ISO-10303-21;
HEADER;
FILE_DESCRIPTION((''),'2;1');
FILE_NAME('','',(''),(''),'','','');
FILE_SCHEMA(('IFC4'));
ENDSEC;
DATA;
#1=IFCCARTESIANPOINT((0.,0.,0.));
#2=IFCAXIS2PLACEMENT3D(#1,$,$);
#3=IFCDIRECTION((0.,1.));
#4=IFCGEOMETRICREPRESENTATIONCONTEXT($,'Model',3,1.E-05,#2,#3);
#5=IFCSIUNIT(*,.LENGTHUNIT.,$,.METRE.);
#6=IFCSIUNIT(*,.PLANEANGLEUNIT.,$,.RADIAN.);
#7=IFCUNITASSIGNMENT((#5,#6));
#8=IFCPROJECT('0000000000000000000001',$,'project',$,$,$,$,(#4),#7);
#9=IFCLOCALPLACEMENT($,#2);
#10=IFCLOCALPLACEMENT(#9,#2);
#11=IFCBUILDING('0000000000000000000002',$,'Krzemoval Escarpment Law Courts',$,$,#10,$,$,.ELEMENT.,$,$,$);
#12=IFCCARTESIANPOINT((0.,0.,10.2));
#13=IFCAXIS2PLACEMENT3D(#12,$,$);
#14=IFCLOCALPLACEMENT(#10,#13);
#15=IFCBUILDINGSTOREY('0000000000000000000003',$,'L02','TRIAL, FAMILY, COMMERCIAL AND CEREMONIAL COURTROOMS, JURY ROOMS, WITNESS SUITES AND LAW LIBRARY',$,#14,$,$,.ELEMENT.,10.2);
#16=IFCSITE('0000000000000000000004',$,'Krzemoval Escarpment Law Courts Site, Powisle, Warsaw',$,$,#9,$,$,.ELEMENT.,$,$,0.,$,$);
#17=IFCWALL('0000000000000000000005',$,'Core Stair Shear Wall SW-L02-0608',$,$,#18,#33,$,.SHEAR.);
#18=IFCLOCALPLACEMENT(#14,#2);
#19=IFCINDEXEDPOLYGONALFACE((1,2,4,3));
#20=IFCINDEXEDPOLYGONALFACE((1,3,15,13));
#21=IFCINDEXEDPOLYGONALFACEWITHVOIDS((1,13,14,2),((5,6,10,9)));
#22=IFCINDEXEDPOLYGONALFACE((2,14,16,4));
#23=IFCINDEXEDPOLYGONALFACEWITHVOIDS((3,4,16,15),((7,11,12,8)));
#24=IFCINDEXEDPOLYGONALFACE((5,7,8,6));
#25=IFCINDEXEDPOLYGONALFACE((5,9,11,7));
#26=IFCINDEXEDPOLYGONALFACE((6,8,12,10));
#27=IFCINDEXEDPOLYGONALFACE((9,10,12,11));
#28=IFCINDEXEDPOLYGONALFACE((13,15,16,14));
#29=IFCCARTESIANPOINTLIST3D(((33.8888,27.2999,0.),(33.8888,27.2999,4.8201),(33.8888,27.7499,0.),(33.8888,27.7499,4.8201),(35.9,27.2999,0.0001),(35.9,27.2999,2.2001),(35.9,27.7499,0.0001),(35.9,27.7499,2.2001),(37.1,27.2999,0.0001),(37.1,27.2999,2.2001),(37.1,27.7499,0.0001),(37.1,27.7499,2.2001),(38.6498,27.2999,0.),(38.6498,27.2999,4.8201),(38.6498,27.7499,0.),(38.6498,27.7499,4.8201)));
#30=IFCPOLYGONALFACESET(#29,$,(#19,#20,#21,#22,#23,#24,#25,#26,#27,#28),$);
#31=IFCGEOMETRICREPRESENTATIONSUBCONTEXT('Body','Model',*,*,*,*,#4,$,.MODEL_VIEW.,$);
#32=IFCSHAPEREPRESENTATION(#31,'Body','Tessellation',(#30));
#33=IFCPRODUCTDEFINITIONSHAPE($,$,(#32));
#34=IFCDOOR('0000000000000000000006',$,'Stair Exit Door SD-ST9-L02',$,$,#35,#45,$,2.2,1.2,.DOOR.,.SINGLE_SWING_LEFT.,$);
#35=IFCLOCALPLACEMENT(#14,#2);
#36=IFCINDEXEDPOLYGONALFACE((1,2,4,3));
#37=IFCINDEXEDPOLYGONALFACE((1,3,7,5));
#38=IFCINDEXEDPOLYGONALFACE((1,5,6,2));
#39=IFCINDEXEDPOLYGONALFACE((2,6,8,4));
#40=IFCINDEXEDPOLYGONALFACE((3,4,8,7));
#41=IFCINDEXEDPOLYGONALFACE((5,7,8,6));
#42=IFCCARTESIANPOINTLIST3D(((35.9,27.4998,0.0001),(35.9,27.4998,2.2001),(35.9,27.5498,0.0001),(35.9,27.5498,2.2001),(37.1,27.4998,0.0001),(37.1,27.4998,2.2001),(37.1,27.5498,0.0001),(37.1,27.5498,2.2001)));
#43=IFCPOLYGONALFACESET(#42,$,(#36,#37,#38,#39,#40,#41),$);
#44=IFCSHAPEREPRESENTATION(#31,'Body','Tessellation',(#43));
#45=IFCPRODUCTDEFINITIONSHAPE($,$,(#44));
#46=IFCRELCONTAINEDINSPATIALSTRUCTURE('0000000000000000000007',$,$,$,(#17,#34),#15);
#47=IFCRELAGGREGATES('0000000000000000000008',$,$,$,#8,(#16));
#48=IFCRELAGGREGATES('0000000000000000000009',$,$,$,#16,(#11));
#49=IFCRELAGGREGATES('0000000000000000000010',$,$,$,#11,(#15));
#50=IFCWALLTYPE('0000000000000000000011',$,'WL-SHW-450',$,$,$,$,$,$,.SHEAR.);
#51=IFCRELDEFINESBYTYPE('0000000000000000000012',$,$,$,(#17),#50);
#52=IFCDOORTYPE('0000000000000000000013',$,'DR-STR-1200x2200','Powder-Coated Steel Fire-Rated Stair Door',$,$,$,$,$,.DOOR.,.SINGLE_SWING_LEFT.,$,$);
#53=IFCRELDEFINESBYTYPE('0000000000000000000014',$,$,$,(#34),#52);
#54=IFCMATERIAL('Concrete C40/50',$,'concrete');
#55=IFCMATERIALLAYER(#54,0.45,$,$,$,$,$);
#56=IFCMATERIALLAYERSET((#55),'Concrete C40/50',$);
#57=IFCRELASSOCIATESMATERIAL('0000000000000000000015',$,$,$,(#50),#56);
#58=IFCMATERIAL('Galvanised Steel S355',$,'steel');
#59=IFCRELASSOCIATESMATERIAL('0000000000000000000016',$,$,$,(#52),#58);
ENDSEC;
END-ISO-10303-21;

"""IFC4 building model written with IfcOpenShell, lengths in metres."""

from ifc_helpers import new_model, si_unit, direction, frame, frame_2d, origin, place, context, subcontext, project, spatial, rectangle, extrude, material, layer, layer_set, type_object, element, fill, save


model = new_model("IFC4")

# Units and contexts
model_context = context("Model", 3, precision=1e-05, world=origin(), true_north=direction((0.0, 1.0)))
body_context = subcontext(model_context, "Body", "Model", "MODEL_VIEW")
ifc_project = project(units=[si_unit("LENGTHUNIT", "METRE"), si_unit("PLANEANGLEUNIT", "RADIAN")], contexts=[model_context])

# Site, building, storey
site_placement = place(None, origin())
site = spatial("IfcSite", under=ifc_project, at=site_placement, Name="Krzemoval Escarpment Law Courts Site, Powisle, Warsaw", CompositionType="ELEMENT", RefElevation=0.0)
building_placement = place(site_placement, origin())
building = spatial("IfcBuilding", under=site, at=building_placement, Name="Krzemoval Escarpment Law Courts", CompositionType="ELEMENT")
storey_placement = place(building_placement, frame((0.0, 0.0, 10.2)))
storey = spatial("IfcBuildingStorey", under=building, at=storey_placement, Name="L02", Description="TRIAL, FAMILY, COMMERCIAL AND CEREMONIAL COURTROOMS, JURY ROOMS, WITNESS SUITES AND LAW LIBRARY", CompositionType="ELEMENT", Elevation=10.2)

# Wall, opening, door
ifc_material_1 = material(Name="Concrete C40/50", Category="concrete")
ifc_layer_1 = layer(ifc_material_1, 0.45)
ifc_layer_set_1 = layer_set([ifc_layer_1], Name="Concrete C40/50")
wall_type_1 = type_object("IfcWallType", Name="WL-SHW-450", PredefinedType="SHEAR", material=ifc_layer_set_1)
wall_1_placement = place(storey_placement, frame((33.8889, 27.5249, 0.0), z_axis=(0.0, 0.0, 1.0), x_axis=(1.0, 0.0, 0.0)))
wall_1 = element("IfcWall", 1, at=wall_1_placement, inside=storey, type_object=wall_type_1, Name="Core Stair Shear Wall SW-L02-0608", PredefinedType="SHEAR", context=body_context, shape_type="SweptSolid", body=[
    extrude(rectangle(XDim=4.761, YDim=0.45, at=frame_2d((2.3804, 0.0))), origin(), (0.0, 0.0, 1.0), 4.8201),
])
opening_1_placement = place(wall_1_placement, frame((2.011, 0.0, 0.0)))
opening_1 = element("IfcOpeningElement", 2, at=opening_1_placement, cuts=wall_1, PredefinedType="OPENING", context=body_context, shape_type="SweptSolid", body=[
    extrude(rectangle(XDim=1.2, YDim=2.2, at=frame_2d((0.6001, 1.1001))), frame((0.0, 0.24, 0.0), z_axis=(0.0, -1.0, 0.0), x_axis=(1.0, 0.0, 0.0)), (0.0, 0.0, 1.0), 0.4799),
])
ifc_material_2 = material(Name="Galvanised Steel S355", Category="steel")
door_type_1 = type_object("IfcDoorType", Name="DR-STR-1200x2200", Description="Powder-Coated Steel Fire-Rated Stair Door", OperationType="SINGLE_SWING_LEFT", PredefinedType="DOOR", material=ifc_material_2)
door_1_placement = place(opening_1_placement, origin())
door_1 = element("IfcDoor", 3, at=door_1_placement, inside=storey, type_object=door_type_1, Name="Stair Exit Door SD-ST9-L02", OperationType="SINGLE_SWING_LEFT", OverallHeight=2.2, OverallWidth=1.2, PredefinedType="DOOR", context=body_context, shape_type="SweptSolid", body=[
    extrude(rectangle(XDim=1.2, YDim=2.2, at=frame_2d((0.6001, 1.1001))), frame((0.0, 0.0249, 0.0), z_axis=(0.0, -1.0, 0.0), x_axis=(1.0, 0.0, 0.0)), (0.0, 0.0, 1.0), 0.05),
])
fill(opening_1, door_1)

save(model, "model.ifc")
